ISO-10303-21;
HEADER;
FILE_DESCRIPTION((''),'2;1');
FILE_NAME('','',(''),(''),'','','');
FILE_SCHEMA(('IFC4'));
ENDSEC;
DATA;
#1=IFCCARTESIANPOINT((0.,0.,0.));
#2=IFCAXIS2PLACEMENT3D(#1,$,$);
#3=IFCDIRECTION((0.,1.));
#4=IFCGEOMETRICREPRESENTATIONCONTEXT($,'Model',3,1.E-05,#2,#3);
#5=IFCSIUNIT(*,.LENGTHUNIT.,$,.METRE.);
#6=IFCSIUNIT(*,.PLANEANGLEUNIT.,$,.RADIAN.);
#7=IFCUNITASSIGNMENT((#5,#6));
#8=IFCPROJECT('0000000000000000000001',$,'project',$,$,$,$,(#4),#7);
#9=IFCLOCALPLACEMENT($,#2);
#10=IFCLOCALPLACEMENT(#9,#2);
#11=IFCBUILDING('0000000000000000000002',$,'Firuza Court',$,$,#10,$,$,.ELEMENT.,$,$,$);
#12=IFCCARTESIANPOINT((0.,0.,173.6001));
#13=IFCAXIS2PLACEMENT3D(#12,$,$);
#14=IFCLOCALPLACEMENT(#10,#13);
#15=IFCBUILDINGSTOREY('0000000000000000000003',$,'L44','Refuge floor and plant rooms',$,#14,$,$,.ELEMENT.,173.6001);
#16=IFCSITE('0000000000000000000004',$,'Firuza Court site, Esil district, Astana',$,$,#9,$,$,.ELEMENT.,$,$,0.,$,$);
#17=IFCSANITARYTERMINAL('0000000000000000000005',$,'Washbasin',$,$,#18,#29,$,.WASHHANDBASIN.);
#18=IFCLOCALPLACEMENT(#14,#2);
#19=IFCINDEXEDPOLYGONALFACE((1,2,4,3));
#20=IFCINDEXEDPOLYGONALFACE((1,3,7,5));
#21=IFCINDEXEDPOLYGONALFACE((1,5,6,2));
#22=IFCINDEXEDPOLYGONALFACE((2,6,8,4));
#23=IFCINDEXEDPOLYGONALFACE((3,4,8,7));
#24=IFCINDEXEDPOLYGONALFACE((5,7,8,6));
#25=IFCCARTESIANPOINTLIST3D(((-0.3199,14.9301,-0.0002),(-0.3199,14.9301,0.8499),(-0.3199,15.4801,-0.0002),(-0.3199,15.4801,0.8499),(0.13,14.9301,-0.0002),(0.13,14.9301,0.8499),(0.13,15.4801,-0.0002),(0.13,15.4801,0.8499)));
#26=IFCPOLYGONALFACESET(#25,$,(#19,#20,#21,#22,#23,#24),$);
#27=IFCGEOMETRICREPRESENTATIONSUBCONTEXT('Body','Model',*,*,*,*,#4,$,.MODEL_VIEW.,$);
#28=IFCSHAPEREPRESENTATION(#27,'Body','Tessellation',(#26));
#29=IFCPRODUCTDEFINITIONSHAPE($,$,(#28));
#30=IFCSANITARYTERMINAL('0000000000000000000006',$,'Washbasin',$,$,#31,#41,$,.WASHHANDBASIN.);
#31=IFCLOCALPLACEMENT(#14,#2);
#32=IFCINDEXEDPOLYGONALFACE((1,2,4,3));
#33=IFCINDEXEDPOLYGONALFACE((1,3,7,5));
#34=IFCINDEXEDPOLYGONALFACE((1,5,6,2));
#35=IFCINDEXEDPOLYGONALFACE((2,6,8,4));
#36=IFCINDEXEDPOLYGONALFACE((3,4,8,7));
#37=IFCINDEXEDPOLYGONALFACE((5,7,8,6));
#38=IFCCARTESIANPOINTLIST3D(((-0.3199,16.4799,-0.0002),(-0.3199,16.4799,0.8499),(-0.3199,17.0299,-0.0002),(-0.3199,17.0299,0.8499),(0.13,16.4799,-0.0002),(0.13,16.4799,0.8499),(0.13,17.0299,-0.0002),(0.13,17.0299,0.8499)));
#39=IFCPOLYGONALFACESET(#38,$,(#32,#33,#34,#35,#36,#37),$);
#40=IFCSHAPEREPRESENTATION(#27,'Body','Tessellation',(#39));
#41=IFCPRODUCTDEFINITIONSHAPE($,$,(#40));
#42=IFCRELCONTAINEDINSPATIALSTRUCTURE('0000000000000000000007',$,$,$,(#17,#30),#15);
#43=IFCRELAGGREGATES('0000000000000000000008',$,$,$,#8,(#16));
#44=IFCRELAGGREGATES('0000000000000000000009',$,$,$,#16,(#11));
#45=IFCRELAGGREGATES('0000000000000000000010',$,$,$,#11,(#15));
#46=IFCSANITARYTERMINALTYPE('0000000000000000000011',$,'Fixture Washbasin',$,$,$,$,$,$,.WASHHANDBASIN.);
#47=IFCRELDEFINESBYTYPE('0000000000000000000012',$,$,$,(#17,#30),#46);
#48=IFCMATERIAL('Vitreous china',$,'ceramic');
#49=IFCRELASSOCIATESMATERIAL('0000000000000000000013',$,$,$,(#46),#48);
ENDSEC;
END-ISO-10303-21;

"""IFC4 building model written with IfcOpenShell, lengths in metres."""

from ifc_helpers import new_model, si_unit, direction, frame, origin, origin_2d, place, context, subcontext, project, spatial, rectangle, extrude, material, type_object, element, save


model = new_model("IFC4")

# Units and contexts
model_context = context("Model", 3, precision=1e-05, world=origin(), true_north=direction((0.0, 1.0)))
body_context = subcontext(model_context, "Body", "Model", "MODEL_VIEW")
ifc_project = project(units=[si_unit("LENGTHUNIT", "METRE"), si_unit("PLANEANGLEUNIT", "RADIAN")], contexts=[model_context])

# Site, building, storey
site_placement = place(None, origin())
site = spatial("IfcSite", under=ifc_project, at=site_placement, Name="Firuza Court site, Esil district, Astana", CompositionType="ELEMENT", RefElevation=0.0)
building_placement = place(site_placement, origin())
building = spatial("IfcBuilding", under=site, at=building_placement, Name="Firuza Court", CompositionType="ELEMENT")
storey_placement = place(building_placement, frame((0.0, 0.0, 173.6001)))
storey = spatial("IfcBuildingStorey", under=building, at=storey_placement, Name="L44", Description="Refuge floor and plant rooms", CompositionType="ELEMENT", Elevation=173.6001)

# Sanitary terminals
ifc_material_1 = material(Name="Vitreous china", Category="ceramic")
sanitary_terminal_type_1 = type_object("IfcSanitaryTerminalType", Name="Fixture Washbasin", PredefinedType="WASHHANDBASIN", material=ifc_material_1)
for number, where, z_axis, x_axis, name in (
    (1, (-0.095, 15.2051, -0.0002), (0.0, 0.0, 1.0), (1.0, 0.0, 0.0), "Washbasin"),
    (2, (-0.095, 16.7549, -0.0002), (0.0, 0.0, 1.0), (1.0, 0.0, 0.0), "Washbasin"),
):
    element("IfcSanitaryTerminal", number, at=place(storey_placement, frame(where, z_axis=z_axis, x_axis=x_axis)), inside=storey, type_object=sanitary_terminal_type_1, Name=name, PredefinedType="WASHHANDBASIN", context=body_context, shape_type="SweptSolid", body=[
        extrude(rectangle(XDim=0.45, YDim=0.55, at=origin_2d()), origin(), (0.0, 0.0, 1.0), 0.8501),
    ])

save(model, "model.ifc")
